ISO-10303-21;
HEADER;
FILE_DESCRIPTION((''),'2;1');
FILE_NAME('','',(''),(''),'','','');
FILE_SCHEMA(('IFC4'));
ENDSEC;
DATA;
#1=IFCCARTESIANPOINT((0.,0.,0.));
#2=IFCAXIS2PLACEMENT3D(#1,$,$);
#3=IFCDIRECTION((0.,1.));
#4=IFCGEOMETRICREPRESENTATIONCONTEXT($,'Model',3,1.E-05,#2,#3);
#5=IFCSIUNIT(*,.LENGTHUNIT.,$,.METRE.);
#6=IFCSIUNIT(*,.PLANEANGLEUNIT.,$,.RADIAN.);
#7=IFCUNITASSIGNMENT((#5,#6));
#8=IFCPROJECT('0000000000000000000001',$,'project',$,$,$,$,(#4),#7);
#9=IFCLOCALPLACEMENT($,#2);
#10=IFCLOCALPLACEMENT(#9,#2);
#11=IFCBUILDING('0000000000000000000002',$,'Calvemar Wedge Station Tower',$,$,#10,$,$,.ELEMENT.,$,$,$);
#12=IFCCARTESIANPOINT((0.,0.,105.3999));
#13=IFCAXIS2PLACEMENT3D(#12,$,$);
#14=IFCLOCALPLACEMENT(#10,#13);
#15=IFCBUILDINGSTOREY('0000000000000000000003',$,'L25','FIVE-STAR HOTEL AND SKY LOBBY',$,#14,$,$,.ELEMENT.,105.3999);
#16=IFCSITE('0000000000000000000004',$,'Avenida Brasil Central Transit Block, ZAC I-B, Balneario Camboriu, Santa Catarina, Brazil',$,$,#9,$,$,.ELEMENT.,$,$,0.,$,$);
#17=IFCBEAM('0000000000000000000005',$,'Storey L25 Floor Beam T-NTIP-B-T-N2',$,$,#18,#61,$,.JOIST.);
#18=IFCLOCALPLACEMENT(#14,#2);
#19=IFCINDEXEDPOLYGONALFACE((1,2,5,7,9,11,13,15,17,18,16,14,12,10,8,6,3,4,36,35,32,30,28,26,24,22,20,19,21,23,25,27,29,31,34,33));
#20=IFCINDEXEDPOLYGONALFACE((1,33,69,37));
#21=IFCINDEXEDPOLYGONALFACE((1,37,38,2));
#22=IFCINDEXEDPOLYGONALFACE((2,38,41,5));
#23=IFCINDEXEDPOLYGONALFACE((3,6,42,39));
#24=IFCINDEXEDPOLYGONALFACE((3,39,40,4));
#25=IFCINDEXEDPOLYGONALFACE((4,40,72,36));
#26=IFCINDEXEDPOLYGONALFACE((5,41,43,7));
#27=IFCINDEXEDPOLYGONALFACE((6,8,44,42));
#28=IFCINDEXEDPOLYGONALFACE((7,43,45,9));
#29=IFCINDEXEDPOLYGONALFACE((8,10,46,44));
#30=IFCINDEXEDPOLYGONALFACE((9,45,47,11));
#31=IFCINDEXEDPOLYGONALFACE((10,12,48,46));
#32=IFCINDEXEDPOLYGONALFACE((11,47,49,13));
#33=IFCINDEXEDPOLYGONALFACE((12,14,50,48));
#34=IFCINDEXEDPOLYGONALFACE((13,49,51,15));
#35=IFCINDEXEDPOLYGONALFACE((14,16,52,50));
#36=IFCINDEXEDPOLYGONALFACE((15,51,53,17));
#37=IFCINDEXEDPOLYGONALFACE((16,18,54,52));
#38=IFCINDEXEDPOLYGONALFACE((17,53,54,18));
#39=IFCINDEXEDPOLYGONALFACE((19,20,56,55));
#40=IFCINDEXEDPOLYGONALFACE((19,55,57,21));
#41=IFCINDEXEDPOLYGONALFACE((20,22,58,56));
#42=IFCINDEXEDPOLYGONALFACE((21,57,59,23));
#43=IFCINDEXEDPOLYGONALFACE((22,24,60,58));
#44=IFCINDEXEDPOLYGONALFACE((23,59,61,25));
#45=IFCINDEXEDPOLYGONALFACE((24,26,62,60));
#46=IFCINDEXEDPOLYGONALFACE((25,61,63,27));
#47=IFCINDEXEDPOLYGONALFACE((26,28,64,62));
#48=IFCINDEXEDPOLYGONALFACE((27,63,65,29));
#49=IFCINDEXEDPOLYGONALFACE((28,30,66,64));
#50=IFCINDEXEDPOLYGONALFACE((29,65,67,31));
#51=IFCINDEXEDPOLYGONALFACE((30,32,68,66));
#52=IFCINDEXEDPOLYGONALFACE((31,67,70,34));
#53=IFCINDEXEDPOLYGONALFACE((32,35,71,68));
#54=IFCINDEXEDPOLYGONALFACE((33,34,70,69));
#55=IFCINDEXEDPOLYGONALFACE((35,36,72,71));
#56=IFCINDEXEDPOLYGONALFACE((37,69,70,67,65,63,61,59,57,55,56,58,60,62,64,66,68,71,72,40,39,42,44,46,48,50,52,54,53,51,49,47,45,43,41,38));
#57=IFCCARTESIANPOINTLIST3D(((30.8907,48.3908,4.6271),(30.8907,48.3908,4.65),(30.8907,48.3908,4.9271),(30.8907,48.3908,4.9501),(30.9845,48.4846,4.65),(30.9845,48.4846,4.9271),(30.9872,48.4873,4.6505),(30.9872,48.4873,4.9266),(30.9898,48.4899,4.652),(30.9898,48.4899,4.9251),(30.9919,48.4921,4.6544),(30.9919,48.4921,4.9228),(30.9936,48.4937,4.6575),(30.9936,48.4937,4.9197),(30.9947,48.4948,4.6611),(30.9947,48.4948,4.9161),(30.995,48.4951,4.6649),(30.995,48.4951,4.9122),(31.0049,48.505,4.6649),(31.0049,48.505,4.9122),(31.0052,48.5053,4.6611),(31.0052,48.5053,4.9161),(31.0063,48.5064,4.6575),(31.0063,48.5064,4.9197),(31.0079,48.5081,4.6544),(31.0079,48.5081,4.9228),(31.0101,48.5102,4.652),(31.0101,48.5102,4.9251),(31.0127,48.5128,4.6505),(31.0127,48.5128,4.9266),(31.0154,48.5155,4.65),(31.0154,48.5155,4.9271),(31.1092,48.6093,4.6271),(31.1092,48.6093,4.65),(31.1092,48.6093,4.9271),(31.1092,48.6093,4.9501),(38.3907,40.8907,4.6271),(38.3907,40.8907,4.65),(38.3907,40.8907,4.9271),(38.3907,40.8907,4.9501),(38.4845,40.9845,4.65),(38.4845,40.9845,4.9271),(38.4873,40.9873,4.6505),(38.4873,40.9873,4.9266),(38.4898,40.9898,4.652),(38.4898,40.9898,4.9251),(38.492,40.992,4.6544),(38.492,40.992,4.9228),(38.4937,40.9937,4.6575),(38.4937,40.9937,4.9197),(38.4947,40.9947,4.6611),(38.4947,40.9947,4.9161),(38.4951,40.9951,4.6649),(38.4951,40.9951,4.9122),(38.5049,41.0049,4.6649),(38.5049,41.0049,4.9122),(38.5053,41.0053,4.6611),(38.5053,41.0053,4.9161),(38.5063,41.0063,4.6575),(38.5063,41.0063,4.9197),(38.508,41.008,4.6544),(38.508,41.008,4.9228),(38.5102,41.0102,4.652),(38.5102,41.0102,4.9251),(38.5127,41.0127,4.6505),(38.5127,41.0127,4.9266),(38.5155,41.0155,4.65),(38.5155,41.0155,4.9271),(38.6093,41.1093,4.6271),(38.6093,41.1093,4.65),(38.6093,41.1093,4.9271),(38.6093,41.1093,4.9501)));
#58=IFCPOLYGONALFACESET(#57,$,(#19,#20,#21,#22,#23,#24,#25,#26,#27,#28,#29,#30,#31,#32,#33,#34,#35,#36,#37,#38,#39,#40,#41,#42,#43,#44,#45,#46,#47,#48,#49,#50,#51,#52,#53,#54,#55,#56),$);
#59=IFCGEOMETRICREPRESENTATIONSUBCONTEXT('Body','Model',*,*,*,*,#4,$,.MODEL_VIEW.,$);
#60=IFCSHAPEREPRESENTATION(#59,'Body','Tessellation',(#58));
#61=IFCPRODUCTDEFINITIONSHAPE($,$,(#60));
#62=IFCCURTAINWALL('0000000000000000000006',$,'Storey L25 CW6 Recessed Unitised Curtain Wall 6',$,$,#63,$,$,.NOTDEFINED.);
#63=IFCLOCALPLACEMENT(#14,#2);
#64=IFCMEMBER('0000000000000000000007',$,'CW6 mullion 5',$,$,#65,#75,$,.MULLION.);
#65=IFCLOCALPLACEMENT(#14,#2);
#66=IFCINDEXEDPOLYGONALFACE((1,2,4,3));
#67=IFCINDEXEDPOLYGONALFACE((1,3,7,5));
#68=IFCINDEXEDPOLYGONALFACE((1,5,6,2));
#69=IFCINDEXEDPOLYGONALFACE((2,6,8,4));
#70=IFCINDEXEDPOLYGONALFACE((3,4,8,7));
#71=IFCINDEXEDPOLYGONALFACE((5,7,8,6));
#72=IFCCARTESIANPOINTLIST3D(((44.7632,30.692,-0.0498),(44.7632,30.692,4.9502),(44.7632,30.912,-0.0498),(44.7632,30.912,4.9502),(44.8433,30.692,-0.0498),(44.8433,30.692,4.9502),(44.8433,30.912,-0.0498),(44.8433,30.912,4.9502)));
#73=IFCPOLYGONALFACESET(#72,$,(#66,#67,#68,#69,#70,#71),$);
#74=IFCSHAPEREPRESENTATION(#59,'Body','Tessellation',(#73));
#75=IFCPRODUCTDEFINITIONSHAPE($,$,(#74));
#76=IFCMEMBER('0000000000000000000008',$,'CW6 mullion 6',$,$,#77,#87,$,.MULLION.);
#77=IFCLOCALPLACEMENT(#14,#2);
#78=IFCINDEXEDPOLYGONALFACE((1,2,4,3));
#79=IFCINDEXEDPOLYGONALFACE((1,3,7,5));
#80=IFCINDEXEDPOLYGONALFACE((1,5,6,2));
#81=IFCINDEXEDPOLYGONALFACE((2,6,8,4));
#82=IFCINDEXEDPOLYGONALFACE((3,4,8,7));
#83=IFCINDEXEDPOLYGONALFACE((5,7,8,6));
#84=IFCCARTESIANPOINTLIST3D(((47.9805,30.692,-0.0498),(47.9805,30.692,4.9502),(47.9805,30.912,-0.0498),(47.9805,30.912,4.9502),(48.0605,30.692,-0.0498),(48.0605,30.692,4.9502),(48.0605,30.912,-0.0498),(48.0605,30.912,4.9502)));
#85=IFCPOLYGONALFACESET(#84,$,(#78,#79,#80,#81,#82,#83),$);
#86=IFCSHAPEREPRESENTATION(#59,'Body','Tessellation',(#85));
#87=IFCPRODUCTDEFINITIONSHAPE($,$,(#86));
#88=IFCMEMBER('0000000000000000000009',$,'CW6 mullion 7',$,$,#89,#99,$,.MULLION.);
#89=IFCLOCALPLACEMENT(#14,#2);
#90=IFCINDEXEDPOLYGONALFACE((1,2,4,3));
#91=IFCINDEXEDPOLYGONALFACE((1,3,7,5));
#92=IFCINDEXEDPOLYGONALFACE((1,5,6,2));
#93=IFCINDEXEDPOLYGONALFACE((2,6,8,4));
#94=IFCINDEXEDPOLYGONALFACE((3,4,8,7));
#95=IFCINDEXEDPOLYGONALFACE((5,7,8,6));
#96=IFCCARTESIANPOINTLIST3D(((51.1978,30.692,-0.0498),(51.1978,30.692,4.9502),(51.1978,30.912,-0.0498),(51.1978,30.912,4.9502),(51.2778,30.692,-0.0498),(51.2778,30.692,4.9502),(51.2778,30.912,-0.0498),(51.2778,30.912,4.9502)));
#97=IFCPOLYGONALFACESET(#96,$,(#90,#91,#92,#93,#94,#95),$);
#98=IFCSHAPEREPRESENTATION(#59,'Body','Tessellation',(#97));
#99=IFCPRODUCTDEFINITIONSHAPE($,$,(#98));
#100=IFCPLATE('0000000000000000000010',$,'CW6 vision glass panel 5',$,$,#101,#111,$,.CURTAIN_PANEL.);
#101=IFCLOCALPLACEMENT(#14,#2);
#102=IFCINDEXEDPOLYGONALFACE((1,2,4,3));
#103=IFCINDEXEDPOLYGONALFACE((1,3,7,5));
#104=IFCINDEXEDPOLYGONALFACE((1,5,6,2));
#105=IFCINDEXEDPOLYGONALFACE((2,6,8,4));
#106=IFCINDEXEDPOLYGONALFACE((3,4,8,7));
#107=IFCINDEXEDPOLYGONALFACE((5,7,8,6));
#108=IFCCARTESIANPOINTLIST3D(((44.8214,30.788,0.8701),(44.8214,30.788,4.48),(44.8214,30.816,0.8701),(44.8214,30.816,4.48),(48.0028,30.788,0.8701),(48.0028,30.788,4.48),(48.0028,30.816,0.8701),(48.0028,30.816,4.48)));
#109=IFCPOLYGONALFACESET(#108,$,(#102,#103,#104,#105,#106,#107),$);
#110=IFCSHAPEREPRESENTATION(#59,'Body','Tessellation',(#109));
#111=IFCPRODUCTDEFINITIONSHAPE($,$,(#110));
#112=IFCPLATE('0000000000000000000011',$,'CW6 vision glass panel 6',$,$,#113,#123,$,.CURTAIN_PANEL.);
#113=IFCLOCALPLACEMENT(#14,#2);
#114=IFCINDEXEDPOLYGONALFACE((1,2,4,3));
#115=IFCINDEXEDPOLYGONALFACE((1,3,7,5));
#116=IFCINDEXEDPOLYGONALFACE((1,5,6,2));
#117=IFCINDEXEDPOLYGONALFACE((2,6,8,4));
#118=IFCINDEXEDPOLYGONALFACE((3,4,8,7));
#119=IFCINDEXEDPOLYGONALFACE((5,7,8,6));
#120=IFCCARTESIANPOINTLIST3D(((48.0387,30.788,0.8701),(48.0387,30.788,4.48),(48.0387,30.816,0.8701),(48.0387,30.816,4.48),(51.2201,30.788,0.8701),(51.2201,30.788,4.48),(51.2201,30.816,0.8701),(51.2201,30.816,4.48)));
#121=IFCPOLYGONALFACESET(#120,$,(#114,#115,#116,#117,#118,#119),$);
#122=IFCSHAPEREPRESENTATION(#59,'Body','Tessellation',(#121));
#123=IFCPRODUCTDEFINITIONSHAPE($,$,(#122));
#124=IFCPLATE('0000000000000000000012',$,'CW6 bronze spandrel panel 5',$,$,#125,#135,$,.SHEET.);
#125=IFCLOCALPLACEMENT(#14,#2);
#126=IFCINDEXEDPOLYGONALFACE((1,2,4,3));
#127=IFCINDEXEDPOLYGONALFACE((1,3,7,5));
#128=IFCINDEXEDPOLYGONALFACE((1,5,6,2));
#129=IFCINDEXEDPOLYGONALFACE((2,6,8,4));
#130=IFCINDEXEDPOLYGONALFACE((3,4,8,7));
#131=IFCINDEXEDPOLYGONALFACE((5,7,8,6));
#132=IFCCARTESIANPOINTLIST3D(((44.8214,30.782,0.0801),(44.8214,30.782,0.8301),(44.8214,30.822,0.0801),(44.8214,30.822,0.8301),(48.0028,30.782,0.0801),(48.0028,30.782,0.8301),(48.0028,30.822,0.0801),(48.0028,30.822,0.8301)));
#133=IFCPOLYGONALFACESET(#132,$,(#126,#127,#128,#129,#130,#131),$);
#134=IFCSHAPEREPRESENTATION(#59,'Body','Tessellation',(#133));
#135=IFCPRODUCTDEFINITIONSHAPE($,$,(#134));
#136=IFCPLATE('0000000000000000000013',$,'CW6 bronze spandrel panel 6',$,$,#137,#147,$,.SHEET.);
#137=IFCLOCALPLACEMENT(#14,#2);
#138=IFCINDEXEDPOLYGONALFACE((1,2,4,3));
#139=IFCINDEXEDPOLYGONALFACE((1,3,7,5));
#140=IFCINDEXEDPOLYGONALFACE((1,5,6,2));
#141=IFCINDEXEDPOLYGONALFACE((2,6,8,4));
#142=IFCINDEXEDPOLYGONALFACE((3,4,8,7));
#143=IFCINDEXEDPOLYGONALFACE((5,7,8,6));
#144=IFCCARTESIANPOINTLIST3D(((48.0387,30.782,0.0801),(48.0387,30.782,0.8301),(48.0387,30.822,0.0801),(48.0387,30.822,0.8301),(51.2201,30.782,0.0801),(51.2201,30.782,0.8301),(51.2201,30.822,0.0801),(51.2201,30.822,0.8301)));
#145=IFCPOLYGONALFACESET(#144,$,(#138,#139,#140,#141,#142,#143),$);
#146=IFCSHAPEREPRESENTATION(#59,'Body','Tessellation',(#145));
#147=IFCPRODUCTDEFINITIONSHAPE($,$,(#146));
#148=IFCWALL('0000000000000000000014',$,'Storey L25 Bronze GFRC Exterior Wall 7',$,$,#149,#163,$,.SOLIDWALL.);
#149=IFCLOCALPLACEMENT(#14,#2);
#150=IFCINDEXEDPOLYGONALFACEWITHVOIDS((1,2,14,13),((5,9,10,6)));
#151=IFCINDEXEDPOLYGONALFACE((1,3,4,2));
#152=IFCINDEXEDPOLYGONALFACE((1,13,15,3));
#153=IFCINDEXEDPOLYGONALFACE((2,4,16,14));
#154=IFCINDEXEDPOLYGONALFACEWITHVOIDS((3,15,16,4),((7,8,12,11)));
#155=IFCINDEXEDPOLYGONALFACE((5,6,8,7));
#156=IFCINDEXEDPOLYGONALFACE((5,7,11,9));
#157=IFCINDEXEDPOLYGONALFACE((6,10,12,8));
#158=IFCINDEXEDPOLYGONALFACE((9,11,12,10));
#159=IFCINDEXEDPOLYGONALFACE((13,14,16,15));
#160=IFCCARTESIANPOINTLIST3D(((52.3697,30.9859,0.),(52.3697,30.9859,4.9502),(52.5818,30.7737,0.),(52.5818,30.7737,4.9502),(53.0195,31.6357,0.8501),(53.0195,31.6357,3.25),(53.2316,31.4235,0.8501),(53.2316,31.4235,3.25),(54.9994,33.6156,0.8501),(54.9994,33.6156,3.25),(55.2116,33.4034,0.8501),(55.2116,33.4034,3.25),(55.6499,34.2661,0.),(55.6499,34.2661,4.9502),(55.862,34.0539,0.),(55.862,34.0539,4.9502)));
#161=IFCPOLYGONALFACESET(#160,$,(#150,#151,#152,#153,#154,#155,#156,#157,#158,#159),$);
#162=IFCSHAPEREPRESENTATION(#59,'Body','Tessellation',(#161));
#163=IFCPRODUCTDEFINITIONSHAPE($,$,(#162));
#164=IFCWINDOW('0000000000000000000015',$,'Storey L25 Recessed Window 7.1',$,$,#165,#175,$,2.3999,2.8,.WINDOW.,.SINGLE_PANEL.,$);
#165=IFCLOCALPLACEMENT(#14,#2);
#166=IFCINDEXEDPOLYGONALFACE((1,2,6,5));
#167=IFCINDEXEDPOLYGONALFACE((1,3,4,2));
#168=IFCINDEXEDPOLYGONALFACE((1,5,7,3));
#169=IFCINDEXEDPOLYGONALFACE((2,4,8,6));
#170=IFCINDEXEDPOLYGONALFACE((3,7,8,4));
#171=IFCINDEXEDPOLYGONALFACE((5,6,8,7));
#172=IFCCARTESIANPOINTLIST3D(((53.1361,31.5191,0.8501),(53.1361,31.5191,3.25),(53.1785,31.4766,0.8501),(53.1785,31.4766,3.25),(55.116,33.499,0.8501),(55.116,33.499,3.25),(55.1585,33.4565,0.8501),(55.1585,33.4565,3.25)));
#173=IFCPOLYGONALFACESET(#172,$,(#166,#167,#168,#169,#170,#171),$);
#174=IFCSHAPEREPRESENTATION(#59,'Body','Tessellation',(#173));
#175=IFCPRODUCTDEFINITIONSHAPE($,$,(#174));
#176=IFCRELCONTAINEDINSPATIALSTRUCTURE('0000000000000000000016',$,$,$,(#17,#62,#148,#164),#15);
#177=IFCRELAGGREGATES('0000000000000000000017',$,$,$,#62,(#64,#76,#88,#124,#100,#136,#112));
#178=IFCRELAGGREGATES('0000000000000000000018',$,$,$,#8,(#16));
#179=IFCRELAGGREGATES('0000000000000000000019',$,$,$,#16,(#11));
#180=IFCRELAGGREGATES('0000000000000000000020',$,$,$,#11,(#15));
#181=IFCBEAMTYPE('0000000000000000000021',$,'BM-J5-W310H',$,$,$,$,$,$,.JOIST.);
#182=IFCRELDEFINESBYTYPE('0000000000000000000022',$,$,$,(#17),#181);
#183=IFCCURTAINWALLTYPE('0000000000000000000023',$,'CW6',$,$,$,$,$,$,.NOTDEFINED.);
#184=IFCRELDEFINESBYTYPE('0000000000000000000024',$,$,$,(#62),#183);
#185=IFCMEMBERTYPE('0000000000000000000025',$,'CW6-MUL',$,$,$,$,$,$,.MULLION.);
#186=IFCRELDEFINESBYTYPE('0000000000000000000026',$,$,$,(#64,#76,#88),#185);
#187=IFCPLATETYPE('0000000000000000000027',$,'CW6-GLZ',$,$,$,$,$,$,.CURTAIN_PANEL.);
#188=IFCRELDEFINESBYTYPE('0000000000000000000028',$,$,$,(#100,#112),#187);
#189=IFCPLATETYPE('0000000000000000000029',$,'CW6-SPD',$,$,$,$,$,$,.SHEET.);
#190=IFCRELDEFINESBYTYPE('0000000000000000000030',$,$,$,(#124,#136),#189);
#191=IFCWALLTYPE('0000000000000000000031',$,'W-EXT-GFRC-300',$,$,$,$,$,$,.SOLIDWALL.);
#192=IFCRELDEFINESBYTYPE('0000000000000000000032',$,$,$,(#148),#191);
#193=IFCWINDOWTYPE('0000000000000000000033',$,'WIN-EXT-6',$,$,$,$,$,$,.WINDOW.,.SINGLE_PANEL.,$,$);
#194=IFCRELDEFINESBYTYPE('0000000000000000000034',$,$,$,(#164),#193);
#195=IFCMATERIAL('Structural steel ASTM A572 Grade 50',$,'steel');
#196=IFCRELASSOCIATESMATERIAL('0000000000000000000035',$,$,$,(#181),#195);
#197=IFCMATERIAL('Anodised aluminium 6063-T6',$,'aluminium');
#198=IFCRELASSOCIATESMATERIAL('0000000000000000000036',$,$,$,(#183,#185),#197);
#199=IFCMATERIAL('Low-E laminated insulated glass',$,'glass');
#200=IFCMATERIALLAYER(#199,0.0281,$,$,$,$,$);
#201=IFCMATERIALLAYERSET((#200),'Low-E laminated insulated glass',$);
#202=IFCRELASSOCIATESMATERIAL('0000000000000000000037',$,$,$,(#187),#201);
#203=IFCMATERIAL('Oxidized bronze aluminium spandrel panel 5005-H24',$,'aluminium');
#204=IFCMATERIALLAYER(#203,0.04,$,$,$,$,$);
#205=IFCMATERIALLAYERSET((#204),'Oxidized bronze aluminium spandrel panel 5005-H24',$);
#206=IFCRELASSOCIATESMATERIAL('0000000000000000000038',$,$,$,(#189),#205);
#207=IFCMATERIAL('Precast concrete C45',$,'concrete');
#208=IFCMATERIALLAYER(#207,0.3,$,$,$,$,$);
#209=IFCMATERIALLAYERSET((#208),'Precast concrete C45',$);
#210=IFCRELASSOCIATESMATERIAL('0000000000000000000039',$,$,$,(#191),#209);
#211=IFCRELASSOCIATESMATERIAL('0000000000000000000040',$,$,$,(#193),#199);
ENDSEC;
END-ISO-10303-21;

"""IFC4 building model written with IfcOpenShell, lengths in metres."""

from ifc_helpers import new_model, si_unit, direction, frame, frame_2d, origin, origin_2d, place, context, subcontext, project, spatial, rectangle, i_section, extrude, source, transform, mapped, material, layer, layer_set, material_profile, profile_set, type_object, element, fill, aggregate, save


model = new_model("IFC4")

# Units and contexts
model_context = context("Model", 3, precision=1e-05, world=origin(), true_north=direction((0.0, 1.0)))
body_context = subcontext(model_context, "Body", "Model", "MODEL_VIEW")
ifc_project = project(units=[si_unit("LENGTHUNIT", "METRE"), si_unit("PLANEANGLEUNIT", "RADIAN")], contexts=[model_context])

# Site, building, storey
site_placement = place(None, origin())
site = spatial("IfcSite", under=ifc_project, at=site_placement, Name="Avenida Brasil Central Transit Block, ZAC I-B, Balneario Camboriu, Santa Catarina, Brazil", CompositionType="ELEMENT", RefElevation=0.0)
building_placement = place(site_placement, origin())
building = spatial("IfcBuilding", under=site, at=building_placement, Name="Calvemar Wedge Station Tower", CompositionType="ELEMENT")
storey_placement = place(building_placement, frame((0.0, 0.0, 105.3999)))
storey = spatial("IfcBuildingStorey", under=building, at=storey_placement, Name="L25", Description="FIVE-STAR HOTEL AND SKY LOBBY", CompositionType="ELEMENT", Elevation=105.3999)

# Shared definitions
ifc_material_1 = material(Name="Structural steel ASTM A572 Grade 50", Category="steel")

# Beam
ifc_material_profile_1 = material_profile(ifc_material_1, i_section(OverallWidth=0.3091, OverallDepth=0.323, WebThickness=0.0139, FlangeThickness=0.0229, FilletRadius=0.0149, at=origin_2d()), Name="W310x143")
ifc_profile_set_1 = profile_set([ifc_material_profile_1], Name="Structural steel ASTM A572 Grade 50")
beam_type_1 = type_object("IfcBeamType", Name="BM-J5-W310H", PredefinedType="JOIST", material=ifc_profile_set_1)
shared_shape_1 = source(origin(), body_context, "Body", "SweptSolid", [
    extrude(i_section(OverallWidth=0.3091, OverallDepth=0.323, WebThickness=0.0139, FlangeThickness=0.0229, FilletRadius=0.0149, at=origin_2d()), origin(), (0.0, 0.0, 1.0), 10.6067),
])
beam_1_placement = place(storey_placement, frame((38.5, 41.0, 4.7886), z_axis=(-0.707107, 0.707107, 0.0), x_axis=(-0.707107, -0.707107, 0.0)))
element("IfcBeam", 1, at=beam_1_placement, inside=storey, type_object=beam_type_1, Name="Storey L25 Floor Beam T-NTIP-B-T-N2", PredefinedType="JOIST", context=body_context, shape_type="MappedRepresentation", body=[
    mapped(shared_shape_1, transform((0.0, 0.0, 0.0), scale=1.0)),
])

# Curtain wall, members, plates
ifc_material_2 = material(Name="Anodised aluminium 6063-T6", Category="aluminium")
curtain_wall_type = type_object("IfcCurtainWallType", Name="CW6", PredefinedType="NOTDEFINED", material=ifc_material_2)
curtain_wall_placement = place(storey_placement, origin())
curtain_wall = element("IfcCurtainWall", 2, at=curtain_wall_placement, inside=storey, type_object=curtain_wall_type, Name="Storey L25 CW6 Recessed Unitised Curtain Wall 6", PredefinedType="NOTDEFINED")
ifc_material_profile_2 = material_profile(ifc_material_2, rectangle(XDim=0.0801, YDim=0.22, at=origin_2d()), Name="AL-MUL-80x220")
ifc_profile_set_2 = profile_set([ifc_material_profile_2], Name="Anodised aluminium 6063-T6")
member_type = type_object("IfcMemberType", Name="CW6-MUL", PredefinedType="MULLION", material=ifc_profile_set_2)
shared_shape_2 = source(origin(), body_context, "Body", "SweptSolid", [
    extrude(rectangle(XDim=0.0801, YDim=0.22, at=origin_2d()), origin(), (0.0, 0.0, 1.0), 5.0),
])
member_1_placement = place(storey_placement, frame((44.8032, 30.802, -0.0498), z_axis=(0.0, 0.0, 1.0), x_axis=(1.0, 0.0, 0.0)))
member_1 = element("IfcMember", 3, at=member_1_placement, type_object=member_type, Name="CW6 mullion 5", PredefinedType="MULLION", context=body_context, shape_type="MappedRepresentation", body=[
    mapped(shared_shape_2, transform((0.0, 0.0, 0.0), scale=1.0)),
])
member_2_placement = place(storey_placement, frame((48.0205, 30.802, -0.0498), z_axis=(0.0, 0.0, 1.0), x_axis=(1.0, 0.0, 0.0)))
member_2 = element("IfcMember", 4, at=member_2_placement, type_object=member_type, Name="CW6 mullion 6", PredefinedType="MULLION", context=body_context, shape_type="MappedRepresentation", body=[
    mapped(shared_shape_2, transform((0.0, 0.0, 0.0), scale=1.0)),
])
member_3_placement = place(storey_placement, frame((51.2378, 30.802, -0.0498), z_axis=(0.0, 0.0, 1.0), x_axis=(1.0, 0.0, 0.0)))
member_3 = element("IfcMember", 5, at=member_3_placement, type_object=member_type, Name="CW6 mullion 7", PredefinedType="MULLION", context=body_context, shape_type="MappedRepresentation", body=[
    mapped(shared_shape_2, transform((0.0, 0.0, 0.0), scale=1.0)),
])
ifc_material_3 = material(Name="Low-E laminated insulated glass", Category="glass")
ifc_layer_1 = layer(ifc_material_3, 0.0281)
ifc_layer_set_1 = layer_set([ifc_layer_1], Name="Low-E laminated insulated glass")
plate_type_1 = type_object("IfcPlateType", Name="CW6-GLZ", PredefinedType="CURTAIN_PANEL", material=ifc_layer_set_1)
plate_1_placement = place(storey_placement, frame((44.8213, 30.802, 0.8701), z_axis=(0.0, 0.0, 1.0), x_axis=(1.0, 0.0, 0.0)))
plate_1 = element("IfcPlate", 6, at=plate_1_placement, type_object=plate_type_1, Name="CW6 vision glass panel 5", PredefinedType="CURTAIN_PANEL", context=body_context, shape_type="SweptSolid", body=[
    extrude(rectangle(XDim=3.1814, YDim=0.0281, at=frame_2d((1.5908, 0.0))), origin(), (0.0, 0.0, 1.0), 3.6099),
])
plate_2_placement = place(storey_placement, frame((48.0386, 30.802, 0.8701), z_axis=(0.0, 0.0, 1.0), x_axis=(1.0, 0.0, 0.0)))
plate_2 = element("IfcPlate", 7, at=plate_2_placement, type_object=plate_type_1, Name="CW6 vision glass panel 6", PredefinedType="CURTAIN_PANEL", context=body_context, shape_type="SweptSolid", body=[
    extrude(rectangle(XDim=3.1814, YDim=0.0281, at=frame_2d((1.5908, 0.0))), origin(), (0.0, 0.0, 1.0), 3.6099),
])
ifc_material_4 = material(Name="Oxidized bronze aluminium spandrel panel 5005-H24", Category="aluminium")
ifc_layer_2 = layer(ifc_material_4, 0.04)
ifc_layer_set_2 = layer_set([ifc_layer_2], Name="Oxidized bronze aluminium spandrel panel 5005-H24")
plate_type_2 = type_object("IfcPlateType", Name="CW6-SPD", PredefinedType="SHEET", material=ifc_layer_set_2)
plate_3_placement = place(storey_placement, frame((44.8213, 30.802, 0.0801), z_axis=(0.0, 0.0, 1.0), x_axis=(1.0, 0.0, 0.0)))
plate_3 = element("IfcPlate", 8, at=plate_3_placement, type_object=plate_type_2, Name="CW6 bronze spandrel panel 5", PredefinedType="SHEET", context=body_context, shape_type="SweptSolid", body=[
    extrude(rectangle(XDim=3.1814, YDim=0.04, at=frame_2d((1.5908, 0.0))), origin(), (0.0, 0.0, 1.0), 0.75),
])
plate_4_placement = place(storey_placement, frame((48.0386, 30.802, 0.0801), z_axis=(0.0, 0.0, 1.0), x_axis=(1.0, 0.0, 0.0)))
plate_4 = element("IfcPlate", 9, at=plate_4_placement, type_object=plate_type_2, Name="CW6 bronze spandrel panel 6", PredefinedType="SHEET", context=body_context, shape_type="SweptSolid", body=[
    extrude(rectangle(XDim=3.1814, YDim=0.04, at=frame_2d((1.5908, 0.0))), origin(), (0.0, 0.0, 1.0), 0.75),
])
aggregate(curtain_wall, [member_1, member_2, member_3, plate_3, plate_1, plate_4, plate_2])

# Wall, opening, window
ifc_material_5 = material(Name="Precast concrete C45", Category="concrete")
ifc_layer_3 = layer(ifc_material_5, 0.3)
ifc_layer_set_3 = layer_set([ifc_layer_3], Name="Precast concrete C45")
wall_type_1 = type_object("IfcWallType", Name="W-EXT-GFRC-300", PredefinedType="SOLIDWALL", material=ifc_layer_set_3)
wall_1_placement = place(storey_placement, frame((52.4758, 30.8799, 0.0), z_axis=(0.0, 0.0, 1.0), x_axis=(0.707107, 0.707107, 0.0)))
wall_1 = element("IfcWall", 10, at=wall_1_placement, inside=storey, type_object=wall_type_1, Name="Storey L25 Bronze GFRC Exterior Wall 7", PredefinedType="SOLIDWALL", context=body_context, shape_type="SweptSolid", body=[
    extrude(rectangle(XDim=4.6389, YDim=0.3, at=frame_2d((2.3193, 0.0))), origin(), (0.0, 0.0, 1.0), 4.9502),
])
shared_shape_3 = source(origin(), body_context, "Body", "SweptSolid", [
    extrude(rectangle(XDim=2.8, YDim=2.3999, at=frame_2d((1.3999, 1.2))), frame((0.0, 0.1602, 0.0), z_axis=(0.0, -1.0, 0.0), x_axis=(1.0, 0.0, 0.0)), (0.0, 0.0, 1.0), 0.3201),
])
opening_1_placement = place(wall_1_placement, frame((0.9189, 0.0, 0.8501)))
opening_1 = element("IfcOpeningElement", 11, at=opening_1_placement, cuts=wall_1, PredefinedType="OPENING", context=body_context, shape_type="MappedRepresentation", body=[
    mapped(shared_shape_3, transform((0.0, 0.0, 0.0), scale=1.0)),
])
window_type_1 = type_object("IfcWindowType", Name="WIN-EXT-6", PartitioningType="SINGLE_PANEL", PredefinedType="WINDOW", material=ifc_material_3)
shared_shape_4 = source(origin(), body_context, "Body", "SweptSolid", [
    extrude(rectangle(XDim=2.8, YDim=2.3999, at=frame_2d((1.3999, 1.2))), frame((0.0, -0.0149, 0.0), z_axis=(0.0, -1.0, 0.0), x_axis=(1.0, 0.0, 0.0)), (0.0, 0.0, 1.0), 0.0601),
])
window_1_placement = place(opening_1_placement, origin())
window_1 = element("IfcWindow", 12, at=window_1_placement, inside=storey, type_object=window_type_1, Name="Storey L25 Recessed Window 7.1", OverallHeight=2.3999, OverallWidth=2.8, PartitioningType="SINGLE_PANEL", PredefinedType="WINDOW", context=body_context, shape_type="MappedRepresentation", body=[
    mapped(shared_shape_4, transform((0.0, 0.0, 0.0), scale=1.0)),
])
fill(opening_1, window_1)

save(model, "model.ifc")
